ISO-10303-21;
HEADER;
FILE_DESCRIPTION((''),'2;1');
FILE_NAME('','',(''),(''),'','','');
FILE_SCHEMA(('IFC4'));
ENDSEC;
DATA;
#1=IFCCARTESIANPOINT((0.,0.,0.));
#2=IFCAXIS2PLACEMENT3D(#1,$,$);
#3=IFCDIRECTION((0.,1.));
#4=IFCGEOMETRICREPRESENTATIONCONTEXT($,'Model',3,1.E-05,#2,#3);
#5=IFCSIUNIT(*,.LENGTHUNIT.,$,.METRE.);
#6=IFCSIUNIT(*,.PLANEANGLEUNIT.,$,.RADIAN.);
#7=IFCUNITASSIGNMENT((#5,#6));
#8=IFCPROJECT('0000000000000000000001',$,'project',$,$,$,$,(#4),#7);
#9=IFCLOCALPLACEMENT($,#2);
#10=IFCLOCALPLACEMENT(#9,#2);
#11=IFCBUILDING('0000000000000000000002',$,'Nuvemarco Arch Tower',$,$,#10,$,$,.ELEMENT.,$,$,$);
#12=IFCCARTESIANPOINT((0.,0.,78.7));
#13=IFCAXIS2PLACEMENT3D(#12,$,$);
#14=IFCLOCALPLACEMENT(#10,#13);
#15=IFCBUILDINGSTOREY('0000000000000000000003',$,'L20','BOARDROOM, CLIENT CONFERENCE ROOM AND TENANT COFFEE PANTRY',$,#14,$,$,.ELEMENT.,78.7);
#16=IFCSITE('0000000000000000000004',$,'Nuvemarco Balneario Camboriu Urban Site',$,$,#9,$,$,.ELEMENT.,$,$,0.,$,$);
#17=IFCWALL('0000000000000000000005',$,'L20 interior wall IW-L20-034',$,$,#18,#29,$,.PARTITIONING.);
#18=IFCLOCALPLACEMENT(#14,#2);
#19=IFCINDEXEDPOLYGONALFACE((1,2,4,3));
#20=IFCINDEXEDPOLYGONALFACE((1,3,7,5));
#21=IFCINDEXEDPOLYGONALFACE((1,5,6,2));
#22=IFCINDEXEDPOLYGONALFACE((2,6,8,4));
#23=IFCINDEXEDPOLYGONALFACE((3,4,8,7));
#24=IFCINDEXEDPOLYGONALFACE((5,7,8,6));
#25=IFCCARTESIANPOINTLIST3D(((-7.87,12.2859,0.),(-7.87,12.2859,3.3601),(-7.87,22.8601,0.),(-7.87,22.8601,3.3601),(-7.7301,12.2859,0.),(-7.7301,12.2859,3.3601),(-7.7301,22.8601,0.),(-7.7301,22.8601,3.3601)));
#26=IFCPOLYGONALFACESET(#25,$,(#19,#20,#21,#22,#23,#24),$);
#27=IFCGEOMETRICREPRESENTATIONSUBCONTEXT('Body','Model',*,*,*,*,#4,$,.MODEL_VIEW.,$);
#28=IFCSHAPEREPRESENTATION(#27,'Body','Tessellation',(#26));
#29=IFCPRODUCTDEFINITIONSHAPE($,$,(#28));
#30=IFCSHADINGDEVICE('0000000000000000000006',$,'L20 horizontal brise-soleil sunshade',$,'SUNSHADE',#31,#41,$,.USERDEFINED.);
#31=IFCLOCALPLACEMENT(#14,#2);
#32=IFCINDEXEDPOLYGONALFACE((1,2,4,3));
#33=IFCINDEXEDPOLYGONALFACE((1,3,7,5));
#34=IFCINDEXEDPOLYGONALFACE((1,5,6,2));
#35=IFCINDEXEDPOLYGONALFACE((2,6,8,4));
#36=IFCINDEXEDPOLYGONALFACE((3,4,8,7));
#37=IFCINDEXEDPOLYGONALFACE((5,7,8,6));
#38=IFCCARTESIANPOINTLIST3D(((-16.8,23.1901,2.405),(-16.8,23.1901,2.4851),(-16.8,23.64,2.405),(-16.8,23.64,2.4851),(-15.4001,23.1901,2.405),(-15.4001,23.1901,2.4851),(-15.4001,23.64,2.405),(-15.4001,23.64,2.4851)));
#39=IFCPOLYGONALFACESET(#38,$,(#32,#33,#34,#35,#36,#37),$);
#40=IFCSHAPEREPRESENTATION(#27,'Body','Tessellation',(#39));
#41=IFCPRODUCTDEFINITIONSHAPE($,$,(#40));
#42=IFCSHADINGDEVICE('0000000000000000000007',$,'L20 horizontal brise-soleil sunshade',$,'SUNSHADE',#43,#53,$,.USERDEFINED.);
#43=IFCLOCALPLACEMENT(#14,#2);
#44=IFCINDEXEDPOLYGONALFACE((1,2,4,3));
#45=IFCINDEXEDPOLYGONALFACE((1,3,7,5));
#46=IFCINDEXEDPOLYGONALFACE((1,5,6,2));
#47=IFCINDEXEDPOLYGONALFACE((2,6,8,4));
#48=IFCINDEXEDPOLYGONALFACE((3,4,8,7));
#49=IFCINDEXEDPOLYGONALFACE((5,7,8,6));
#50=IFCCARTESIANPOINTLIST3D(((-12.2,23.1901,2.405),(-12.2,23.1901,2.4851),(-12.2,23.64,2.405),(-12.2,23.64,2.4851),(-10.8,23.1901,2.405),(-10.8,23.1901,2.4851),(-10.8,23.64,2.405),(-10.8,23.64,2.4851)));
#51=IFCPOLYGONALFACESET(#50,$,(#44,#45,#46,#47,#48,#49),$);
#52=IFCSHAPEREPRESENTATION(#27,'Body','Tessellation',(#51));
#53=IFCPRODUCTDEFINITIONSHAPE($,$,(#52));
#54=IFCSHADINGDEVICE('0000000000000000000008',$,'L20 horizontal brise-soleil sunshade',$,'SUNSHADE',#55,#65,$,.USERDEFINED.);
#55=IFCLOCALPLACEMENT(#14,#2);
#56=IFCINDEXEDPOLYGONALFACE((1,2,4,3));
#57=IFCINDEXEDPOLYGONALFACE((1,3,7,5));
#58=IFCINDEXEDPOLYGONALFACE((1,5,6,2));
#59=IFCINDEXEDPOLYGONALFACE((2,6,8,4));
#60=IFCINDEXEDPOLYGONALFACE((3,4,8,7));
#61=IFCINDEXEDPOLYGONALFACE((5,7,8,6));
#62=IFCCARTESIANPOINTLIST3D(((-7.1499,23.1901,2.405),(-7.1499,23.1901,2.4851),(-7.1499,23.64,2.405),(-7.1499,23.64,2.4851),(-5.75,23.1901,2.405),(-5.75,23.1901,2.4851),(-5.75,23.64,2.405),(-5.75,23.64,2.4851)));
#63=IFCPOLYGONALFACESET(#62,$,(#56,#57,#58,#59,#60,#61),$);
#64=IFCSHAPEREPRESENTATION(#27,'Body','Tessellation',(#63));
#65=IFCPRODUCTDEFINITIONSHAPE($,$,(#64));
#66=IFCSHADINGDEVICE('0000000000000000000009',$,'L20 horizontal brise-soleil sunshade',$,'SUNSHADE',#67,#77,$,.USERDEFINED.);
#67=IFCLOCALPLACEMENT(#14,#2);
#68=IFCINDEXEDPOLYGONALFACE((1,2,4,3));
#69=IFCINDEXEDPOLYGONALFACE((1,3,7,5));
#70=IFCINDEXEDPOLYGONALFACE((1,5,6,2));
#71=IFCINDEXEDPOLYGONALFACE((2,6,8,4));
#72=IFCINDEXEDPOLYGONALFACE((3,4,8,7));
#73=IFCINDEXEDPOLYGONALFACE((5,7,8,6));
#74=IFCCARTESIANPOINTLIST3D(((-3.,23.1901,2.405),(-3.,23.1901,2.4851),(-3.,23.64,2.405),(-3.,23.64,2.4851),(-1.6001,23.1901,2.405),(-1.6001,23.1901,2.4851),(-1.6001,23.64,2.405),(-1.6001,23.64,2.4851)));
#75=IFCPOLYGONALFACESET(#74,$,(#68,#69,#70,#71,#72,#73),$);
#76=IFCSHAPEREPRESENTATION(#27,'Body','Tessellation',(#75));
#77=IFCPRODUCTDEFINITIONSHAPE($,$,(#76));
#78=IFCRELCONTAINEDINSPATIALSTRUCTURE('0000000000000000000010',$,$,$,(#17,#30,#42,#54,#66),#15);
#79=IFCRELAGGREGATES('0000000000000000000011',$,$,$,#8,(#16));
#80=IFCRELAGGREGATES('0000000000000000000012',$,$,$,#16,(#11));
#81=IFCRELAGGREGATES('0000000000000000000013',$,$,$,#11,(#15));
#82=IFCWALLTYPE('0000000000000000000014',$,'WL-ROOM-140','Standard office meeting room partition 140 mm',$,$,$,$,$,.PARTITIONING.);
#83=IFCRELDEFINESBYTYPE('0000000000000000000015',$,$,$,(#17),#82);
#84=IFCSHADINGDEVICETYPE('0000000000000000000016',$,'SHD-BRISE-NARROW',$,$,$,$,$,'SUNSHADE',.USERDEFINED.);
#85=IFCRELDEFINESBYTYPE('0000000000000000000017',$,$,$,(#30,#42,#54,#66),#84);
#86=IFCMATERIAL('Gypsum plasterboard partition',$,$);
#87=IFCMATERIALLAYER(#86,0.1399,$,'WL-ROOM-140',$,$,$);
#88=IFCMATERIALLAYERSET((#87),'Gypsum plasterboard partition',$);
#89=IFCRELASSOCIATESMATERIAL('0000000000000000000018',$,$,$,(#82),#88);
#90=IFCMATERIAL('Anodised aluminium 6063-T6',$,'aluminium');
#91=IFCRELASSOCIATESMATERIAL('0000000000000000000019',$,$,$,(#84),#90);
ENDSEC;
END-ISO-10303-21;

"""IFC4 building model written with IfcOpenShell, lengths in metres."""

from ifc_helpers import new_model, si_unit, direction, frame, frame_2d, origin, origin_2d, place, context, subcontext, project, spatial, rectangle, extrude, source, transform, mapped, material, layer, layer_set, type_object, type_shapes, element, save


model = new_model("IFC4")

# Units and contexts
model_context = context("Model", 3, precision=1e-05, world=origin(), true_north=direction((0.0, 1.0)))
body_context = subcontext(model_context, "Body", "Model", "MODEL_VIEW")
ifc_project = project(units=[si_unit("LENGTHUNIT", "METRE"), si_unit("PLANEANGLEUNIT", "RADIAN")], contexts=[model_context])

# Site, building, storey
site_placement = place(None, origin())
site = spatial("IfcSite", under=ifc_project, at=site_placement, Name="Nuvemarco Balneario Camboriu Urban Site", CompositionType="ELEMENT", RefElevation=0.0)
building_placement = place(site_placement, origin())
building = spatial("IfcBuilding", under=site, at=building_placement, Name="Nuvemarco Arch Tower", CompositionType="ELEMENT")
storey_placement = place(building_placement, frame((0.0, 0.0, 78.7)))
storey = spatial("IfcBuildingStorey", under=building, at=storey_placement, Name="L20", Description="BOARDROOM, CLIENT CONFERENCE ROOM AND TENANT COFFEE PANTRY", CompositionType="ELEMENT", Elevation=78.7)

# Wall
ifc_material_1 = material(Name="Gypsum plasterboard partition")
ifc_layer_1 = layer(ifc_material_1, 0.1399, Name="WL-ROOM-140")
ifc_layer_set_1 = layer_set([ifc_layer_1], Name="Gypsum plasterboard partition")
wall_type_1 = type_object("IfcWallType", Name="WL-ROOM-140", Description="Standard office meeting room partition 140 mm", PredefinedType="PARTITIONING", material=ifc_layer_set_1)
wall_1_placement = place(storey_placement, frame((-7.8, 12.2859, 0.0), z_axis=(0.0, 0.0, 1.0), x_axis=(0.0, 1.0, 0.0)))
element("IfcWall", 1, at=wall_1_placement, inside=storey, type_object=wall_type_1, Name="L20 interior wall IW-L20-034", PredefinedType="PARTITIONING", context=body_context, shape_type="SweptSolid", body=[
    extrude(rectangle(XDim=10.5742, YDim=0.1399, at=frame_2d((5.2871, 0.0))), origin(), (0.0, 0.0, 1.0), 3.3601),
])

# Shading devices
ifc_material_2 = material(Name="Anodised aluminium 6063-T6", Category="aluminium")
shading_device_type = type_object("IfcShadingDeviceType", Name="SHD-BRISE-NARROW", ElementType="SUNSHADE", PredefinedType="USERDEFINED", material=ifc_material_2)
shared_shape_1 = source(origin(), body_context, "Body", "SweptSolid", [
    extrude(rectangle(XDim=1.3999, YDim=0.45, at=origin_2d()), origin(), (0.0, 0.0, 1.0), 0.0801),
])
type_shapes(shading_device_type, [shared_shape_1])
for number, where, z_axis, x_axis, name in (
    (2, (-16.1001, 23.415, 2.405), (0.0, 0.0, 1.0), (1.0, 0.0, 0.0), "L20 horizontal brise-soleil sunshade"),
    (3, (-11.5, 23.415, 2.405), (0.0, 0.0, 1.0), (1.0, 0.0, 0.0), "L20 horizontal brise-soleil sunshade"),
    (4, (-6.45, 23.415, 2.405), (0.0, 0.0, 1.0), (1.0, 0.0, 0.0), "L20 horizontal brise-soleil sunshade"),
    (5, (-2.3, 23.415, 2.405), (0.0, 0.0, 1.0), (1.0, 0.0, 0.0), "L20 horizontal brise-soleil sunshade"),
):
    element("IfcShadingDevice", number, at=place(storey_placement, frame(where, z_axis=z_axis, x_axis=x_axis)), inside=storey, type_object=shading_device_type, Name=name, ObjectType="SUNSHADE", PredefinedType="USERDEFINED", context=body_context, shape_type="MappedRepresentation", body=[
        mapped(shared_shape_1, transform((0.0, 0.0, 0.0), scale=1.0)),
    ])

save(model, "model.ifc")
